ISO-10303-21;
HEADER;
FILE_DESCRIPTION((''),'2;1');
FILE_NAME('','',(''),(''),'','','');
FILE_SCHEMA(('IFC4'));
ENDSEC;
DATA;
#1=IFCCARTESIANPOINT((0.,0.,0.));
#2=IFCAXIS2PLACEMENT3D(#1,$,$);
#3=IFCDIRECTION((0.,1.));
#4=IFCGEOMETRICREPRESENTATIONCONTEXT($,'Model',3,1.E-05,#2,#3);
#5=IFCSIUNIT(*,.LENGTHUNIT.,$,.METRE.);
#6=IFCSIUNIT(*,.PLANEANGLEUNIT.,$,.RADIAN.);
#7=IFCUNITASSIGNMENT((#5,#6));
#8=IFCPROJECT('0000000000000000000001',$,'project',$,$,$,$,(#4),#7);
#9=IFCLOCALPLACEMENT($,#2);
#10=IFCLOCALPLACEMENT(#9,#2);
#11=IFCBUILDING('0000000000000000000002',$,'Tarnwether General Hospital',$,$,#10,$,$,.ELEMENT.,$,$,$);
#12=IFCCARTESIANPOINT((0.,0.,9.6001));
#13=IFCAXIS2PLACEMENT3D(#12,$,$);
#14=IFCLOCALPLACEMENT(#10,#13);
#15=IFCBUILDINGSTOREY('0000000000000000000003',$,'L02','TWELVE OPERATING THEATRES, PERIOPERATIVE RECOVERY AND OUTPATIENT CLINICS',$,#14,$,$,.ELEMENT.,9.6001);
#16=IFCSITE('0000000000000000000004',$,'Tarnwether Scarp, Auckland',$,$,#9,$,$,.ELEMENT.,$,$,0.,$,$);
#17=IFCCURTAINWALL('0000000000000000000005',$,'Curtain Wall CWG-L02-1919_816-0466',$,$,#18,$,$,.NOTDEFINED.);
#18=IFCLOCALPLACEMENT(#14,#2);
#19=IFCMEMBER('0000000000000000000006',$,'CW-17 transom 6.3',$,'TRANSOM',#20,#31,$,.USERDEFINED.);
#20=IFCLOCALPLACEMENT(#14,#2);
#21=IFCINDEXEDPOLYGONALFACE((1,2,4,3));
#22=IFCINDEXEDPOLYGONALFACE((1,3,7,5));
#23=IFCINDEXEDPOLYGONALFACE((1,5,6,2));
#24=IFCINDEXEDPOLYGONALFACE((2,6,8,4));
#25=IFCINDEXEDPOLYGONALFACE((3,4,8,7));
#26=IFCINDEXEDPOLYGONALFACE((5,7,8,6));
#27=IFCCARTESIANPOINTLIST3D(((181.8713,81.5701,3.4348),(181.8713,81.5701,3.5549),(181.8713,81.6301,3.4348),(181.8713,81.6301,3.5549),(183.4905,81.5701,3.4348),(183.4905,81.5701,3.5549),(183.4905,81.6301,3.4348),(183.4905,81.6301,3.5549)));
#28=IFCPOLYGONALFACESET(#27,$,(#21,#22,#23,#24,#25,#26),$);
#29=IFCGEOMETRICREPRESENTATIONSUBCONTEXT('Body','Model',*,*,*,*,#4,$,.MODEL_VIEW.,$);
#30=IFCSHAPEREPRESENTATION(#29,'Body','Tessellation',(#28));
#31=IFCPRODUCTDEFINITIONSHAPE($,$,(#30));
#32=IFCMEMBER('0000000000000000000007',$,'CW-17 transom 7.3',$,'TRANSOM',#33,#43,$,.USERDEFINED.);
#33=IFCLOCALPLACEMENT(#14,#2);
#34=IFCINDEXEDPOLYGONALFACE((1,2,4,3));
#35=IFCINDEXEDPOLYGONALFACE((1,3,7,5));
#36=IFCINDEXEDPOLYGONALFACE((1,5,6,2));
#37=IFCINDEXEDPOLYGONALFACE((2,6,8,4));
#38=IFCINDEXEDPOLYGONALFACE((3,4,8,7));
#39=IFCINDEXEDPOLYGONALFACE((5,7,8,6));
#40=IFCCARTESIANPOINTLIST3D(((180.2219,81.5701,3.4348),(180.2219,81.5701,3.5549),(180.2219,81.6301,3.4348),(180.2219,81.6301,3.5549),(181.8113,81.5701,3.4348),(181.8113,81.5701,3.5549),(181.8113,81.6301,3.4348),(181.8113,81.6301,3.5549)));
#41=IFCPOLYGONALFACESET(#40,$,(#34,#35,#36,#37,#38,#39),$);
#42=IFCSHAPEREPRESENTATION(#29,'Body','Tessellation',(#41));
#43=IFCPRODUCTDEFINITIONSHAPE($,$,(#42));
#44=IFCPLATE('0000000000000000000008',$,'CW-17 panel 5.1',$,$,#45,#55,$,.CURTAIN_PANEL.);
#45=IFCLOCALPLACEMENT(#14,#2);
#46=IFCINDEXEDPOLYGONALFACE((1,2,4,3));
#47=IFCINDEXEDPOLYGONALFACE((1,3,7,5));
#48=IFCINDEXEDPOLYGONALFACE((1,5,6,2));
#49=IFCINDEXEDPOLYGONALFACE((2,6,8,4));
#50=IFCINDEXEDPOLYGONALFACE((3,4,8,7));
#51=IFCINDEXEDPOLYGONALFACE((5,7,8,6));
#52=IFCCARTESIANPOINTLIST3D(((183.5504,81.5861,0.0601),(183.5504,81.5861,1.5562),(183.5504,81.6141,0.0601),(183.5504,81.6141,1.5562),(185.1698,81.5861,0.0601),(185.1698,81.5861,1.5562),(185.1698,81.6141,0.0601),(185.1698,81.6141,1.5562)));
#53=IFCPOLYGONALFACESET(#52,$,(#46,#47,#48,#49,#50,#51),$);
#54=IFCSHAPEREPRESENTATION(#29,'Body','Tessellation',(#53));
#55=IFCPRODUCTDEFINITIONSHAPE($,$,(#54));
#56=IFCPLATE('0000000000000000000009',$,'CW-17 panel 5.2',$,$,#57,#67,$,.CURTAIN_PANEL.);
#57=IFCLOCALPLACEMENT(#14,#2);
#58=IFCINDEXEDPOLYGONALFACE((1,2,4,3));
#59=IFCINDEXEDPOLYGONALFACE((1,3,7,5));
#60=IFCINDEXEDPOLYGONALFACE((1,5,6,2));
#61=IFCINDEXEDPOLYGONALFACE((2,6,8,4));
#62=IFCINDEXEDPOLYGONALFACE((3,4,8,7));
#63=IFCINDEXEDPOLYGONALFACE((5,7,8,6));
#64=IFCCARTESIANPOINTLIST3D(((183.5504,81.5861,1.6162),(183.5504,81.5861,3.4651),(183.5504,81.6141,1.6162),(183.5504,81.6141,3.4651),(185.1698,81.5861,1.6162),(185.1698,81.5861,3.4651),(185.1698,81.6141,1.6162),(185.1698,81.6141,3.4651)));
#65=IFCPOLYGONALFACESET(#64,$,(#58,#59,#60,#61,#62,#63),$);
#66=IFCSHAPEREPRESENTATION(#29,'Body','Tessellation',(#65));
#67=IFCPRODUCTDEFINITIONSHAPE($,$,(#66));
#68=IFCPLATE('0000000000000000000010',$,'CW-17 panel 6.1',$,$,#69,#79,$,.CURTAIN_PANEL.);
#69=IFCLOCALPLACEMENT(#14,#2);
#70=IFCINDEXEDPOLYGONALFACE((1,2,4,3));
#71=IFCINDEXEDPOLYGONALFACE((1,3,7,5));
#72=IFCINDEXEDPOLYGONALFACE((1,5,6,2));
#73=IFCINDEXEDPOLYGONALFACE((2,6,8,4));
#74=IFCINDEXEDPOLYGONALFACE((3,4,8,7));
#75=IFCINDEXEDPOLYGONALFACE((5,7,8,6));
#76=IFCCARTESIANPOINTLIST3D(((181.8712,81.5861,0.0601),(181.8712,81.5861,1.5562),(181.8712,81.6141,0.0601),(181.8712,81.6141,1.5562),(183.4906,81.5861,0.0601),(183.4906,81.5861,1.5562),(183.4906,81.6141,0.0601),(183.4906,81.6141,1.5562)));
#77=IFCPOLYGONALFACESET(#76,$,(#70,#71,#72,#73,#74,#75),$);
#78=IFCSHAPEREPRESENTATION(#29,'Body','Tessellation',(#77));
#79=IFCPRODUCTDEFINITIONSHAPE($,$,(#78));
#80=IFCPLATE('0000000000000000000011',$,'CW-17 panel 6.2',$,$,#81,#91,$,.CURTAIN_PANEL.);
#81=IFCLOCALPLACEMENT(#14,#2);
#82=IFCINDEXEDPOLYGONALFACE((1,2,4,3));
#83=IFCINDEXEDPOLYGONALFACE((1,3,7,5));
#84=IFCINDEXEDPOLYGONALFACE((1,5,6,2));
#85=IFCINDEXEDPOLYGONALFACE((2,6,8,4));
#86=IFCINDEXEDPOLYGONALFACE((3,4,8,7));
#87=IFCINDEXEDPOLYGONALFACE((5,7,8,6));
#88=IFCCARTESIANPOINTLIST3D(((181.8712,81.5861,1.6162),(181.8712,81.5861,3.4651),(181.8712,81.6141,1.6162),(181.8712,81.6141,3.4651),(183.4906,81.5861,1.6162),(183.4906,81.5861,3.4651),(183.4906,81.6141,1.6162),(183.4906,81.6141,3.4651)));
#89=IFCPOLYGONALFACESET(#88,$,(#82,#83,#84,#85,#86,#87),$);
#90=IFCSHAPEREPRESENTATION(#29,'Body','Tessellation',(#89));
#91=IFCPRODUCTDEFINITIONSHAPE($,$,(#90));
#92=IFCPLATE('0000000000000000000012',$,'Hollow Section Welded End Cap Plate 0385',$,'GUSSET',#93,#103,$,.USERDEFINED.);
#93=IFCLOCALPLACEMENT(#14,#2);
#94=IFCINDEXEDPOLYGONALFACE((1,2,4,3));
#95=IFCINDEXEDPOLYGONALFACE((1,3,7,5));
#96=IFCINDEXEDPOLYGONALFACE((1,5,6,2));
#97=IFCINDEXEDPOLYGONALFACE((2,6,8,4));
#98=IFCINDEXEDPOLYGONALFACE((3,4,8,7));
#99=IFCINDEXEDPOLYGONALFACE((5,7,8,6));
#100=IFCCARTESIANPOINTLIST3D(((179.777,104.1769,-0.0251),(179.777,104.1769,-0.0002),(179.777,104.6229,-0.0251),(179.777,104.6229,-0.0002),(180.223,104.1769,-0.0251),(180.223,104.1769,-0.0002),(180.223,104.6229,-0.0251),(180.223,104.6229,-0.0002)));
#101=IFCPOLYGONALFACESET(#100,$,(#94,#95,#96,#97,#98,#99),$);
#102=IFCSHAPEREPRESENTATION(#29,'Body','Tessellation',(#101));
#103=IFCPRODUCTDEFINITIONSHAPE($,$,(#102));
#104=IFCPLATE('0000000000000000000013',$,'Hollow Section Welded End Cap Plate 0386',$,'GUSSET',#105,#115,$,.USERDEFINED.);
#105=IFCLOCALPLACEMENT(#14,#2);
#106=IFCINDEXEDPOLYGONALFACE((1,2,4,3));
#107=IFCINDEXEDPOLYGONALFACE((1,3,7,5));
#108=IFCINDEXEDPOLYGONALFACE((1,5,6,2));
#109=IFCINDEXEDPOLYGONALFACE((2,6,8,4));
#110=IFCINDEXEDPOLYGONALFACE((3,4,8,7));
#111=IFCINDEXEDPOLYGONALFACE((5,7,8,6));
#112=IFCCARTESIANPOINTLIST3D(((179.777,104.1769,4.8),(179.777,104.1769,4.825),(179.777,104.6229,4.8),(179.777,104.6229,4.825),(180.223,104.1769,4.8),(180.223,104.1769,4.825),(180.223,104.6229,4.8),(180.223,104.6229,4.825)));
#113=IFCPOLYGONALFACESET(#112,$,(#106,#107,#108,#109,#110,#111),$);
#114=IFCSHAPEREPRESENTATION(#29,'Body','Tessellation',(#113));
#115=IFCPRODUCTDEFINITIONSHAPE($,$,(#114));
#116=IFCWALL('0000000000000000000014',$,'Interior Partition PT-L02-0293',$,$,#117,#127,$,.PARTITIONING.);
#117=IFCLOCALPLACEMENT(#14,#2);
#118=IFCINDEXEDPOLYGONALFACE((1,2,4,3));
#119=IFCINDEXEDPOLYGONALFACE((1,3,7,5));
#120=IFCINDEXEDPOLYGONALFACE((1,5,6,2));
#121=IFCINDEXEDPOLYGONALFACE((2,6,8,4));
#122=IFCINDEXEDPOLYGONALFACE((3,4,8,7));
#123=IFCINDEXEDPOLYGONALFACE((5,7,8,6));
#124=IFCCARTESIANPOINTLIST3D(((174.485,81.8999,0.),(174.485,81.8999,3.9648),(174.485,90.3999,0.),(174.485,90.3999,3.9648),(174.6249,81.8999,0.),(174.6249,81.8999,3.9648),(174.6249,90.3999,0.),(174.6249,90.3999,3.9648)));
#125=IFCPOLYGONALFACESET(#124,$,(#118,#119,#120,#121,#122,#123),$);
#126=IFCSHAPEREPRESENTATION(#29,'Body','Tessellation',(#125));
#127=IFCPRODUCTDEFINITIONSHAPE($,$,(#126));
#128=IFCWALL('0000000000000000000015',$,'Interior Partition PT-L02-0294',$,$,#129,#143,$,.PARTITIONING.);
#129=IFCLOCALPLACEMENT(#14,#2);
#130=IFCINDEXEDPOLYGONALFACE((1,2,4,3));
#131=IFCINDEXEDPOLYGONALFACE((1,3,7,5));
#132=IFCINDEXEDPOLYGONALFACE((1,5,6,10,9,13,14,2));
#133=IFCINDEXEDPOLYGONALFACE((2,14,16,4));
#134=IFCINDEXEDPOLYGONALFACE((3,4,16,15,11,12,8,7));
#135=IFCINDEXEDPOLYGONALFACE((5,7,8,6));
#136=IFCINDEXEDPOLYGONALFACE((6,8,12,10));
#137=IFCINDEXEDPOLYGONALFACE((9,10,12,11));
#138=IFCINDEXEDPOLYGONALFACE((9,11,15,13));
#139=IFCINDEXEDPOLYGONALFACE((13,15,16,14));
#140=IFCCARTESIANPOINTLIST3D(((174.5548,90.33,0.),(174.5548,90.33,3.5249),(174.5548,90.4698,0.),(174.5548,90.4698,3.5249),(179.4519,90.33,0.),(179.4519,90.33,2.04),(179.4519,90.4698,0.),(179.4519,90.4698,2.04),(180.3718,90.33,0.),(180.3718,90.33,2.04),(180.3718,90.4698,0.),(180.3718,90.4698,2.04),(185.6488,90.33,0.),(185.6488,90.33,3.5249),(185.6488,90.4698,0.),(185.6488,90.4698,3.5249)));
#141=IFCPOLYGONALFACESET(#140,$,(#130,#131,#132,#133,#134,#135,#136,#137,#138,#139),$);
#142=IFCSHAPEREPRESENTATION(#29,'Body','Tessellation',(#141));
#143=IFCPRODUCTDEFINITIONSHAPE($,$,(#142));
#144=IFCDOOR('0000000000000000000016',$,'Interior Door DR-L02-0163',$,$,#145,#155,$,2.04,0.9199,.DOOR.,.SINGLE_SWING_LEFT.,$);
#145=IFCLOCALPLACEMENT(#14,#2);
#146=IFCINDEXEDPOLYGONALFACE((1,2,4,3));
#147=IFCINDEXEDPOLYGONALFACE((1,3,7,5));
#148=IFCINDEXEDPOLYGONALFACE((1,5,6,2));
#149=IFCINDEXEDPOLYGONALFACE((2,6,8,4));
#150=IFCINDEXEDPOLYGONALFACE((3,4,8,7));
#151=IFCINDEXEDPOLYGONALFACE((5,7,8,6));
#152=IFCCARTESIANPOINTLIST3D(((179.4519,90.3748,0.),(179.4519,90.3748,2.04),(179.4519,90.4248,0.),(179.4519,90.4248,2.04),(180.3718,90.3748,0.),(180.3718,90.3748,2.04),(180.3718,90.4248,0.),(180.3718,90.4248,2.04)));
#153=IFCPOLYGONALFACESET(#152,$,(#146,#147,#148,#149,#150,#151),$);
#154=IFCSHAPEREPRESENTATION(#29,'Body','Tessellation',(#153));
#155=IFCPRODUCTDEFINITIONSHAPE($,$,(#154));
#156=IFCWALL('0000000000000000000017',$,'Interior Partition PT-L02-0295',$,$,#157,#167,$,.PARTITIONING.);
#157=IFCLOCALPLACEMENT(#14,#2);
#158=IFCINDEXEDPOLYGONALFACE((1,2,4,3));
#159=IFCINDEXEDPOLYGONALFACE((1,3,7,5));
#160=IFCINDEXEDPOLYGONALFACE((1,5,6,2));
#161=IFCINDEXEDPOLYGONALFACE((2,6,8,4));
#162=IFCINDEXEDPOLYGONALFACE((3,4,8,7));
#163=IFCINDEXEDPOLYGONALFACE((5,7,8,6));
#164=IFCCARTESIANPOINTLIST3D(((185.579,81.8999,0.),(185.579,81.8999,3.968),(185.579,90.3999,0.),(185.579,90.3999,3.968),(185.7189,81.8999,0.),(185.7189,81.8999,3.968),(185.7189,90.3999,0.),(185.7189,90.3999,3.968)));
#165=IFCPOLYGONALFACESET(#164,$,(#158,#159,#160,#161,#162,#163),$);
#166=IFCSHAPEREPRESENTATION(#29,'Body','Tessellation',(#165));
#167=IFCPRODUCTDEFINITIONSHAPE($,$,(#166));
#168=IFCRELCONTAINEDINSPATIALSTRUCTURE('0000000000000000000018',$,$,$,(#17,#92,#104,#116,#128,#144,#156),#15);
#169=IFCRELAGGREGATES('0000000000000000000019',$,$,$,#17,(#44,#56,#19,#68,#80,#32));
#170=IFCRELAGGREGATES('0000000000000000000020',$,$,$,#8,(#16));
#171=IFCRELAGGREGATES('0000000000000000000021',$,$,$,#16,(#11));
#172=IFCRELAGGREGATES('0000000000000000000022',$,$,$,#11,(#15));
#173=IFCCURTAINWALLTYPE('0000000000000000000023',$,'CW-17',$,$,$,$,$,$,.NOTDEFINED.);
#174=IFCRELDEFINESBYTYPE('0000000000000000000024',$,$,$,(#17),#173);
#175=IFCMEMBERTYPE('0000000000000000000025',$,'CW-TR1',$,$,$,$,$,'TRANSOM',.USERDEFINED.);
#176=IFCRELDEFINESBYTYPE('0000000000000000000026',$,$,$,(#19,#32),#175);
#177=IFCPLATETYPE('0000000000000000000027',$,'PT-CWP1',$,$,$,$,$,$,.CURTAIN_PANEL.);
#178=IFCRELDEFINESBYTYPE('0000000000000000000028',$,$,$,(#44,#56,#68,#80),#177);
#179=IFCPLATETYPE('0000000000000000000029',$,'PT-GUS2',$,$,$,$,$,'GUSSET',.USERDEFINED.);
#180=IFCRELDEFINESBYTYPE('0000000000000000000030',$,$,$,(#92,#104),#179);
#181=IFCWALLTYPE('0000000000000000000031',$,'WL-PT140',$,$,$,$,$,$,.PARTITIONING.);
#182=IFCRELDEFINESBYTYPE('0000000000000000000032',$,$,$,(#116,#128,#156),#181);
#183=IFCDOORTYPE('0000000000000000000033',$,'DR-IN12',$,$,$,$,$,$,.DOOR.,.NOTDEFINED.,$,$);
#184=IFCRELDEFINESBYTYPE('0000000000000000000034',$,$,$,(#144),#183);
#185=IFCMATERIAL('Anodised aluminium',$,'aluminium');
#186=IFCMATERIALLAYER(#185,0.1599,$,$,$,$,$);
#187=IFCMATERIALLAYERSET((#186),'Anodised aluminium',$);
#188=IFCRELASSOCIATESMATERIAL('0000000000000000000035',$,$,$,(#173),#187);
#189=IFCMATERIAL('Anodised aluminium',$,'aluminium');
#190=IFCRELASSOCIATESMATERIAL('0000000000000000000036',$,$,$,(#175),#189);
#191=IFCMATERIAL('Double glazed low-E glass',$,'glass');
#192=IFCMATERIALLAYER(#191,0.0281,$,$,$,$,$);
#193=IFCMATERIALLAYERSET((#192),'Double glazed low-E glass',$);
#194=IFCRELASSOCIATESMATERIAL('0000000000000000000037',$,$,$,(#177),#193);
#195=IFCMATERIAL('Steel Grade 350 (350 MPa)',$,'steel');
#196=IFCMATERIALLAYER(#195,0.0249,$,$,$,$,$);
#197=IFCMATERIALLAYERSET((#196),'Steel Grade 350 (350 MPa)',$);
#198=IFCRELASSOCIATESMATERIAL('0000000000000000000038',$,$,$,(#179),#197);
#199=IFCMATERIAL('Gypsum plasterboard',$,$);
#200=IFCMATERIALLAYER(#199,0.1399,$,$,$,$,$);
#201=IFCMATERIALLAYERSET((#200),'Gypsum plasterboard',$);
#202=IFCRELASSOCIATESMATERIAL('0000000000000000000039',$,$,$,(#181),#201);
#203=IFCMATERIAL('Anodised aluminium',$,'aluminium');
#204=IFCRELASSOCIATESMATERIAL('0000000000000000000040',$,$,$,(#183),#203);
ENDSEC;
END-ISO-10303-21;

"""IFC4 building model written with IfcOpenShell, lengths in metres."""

from ifc_helpers import new_model, si_unit, direction, frame, frame_2d, origin, origin_2d, place, context, subcontext, project, spatial, rectangle, extrude, material, layer, layer_set, material_profile, profile_set, type_object, element, fill, aggregate, save


model = new_model("IFC4")

# Units and contexts
model_context = context("Model", 3, precision=1e-05, world=origin(), true_north=direction((0.0, 1.0)))
body_context = subcontext(model_context, "Body", "Model", "MODEL_VIEW")
ifc_project = project(units=[si_unit("LENGTHUNIT", "METRE"), si_unit("PLANEANGLEUNIT", "RADIAN")], contexts=[model_context])

# Site, building, storey
site_placement = place(None, origin())
site = spatial("IfcSite", under=ifc_project, at=site_placement, Name="Tarnwether Scarp, Auckland", CompositionType="ELEMENT", RefElevation=0.0)
building_placement = place(site_placement, origin())
building = spatial("IfcBuilding", under=site, at=building_placement, Name="Tarnwether General Hospital", CompositionType="ELEMENT")
storey_placement = place(building_placement, frame((0.0, 0.0, 9.6001)))
storey = spatial("IfcBuildingStorey", under=building, at=storey_placement, Name="L02", Description="TWELVE OPERATING THEATRES, PERIOPERATIVE RECOVERY AND OUTPATIENT CLINICS", CompositionType="ELEMENT", Elevation=9.6001)

# Curtain wall, members, plates
ifc_material_1 = material(Name="Anodised aluminium", Category="aluminium")
ifc_layer_1 = layer(ifc_material_1, 0.1599)
ifc_layer_set_1 = layer_set([ifc_layer_1], Name="Anodised aluminium")
curtain_wall_type = type_object("IfcCurtainWallType", Name="CW-17", PredefinedType="NOTDEFINED", material=ifc_layer_set_1)
curtain_wall_placement = place(storey_placement, origin())
curtain_wall = element("IfcCurtainWall", 1, at=curtain_wall_placement, inside=storey, type_object=curtain_wall_type, Name="Curtain Wall CWG-L02-1919_816-0466", PredefinedType="NOTDEFINED")
ifc_material_2 = material(Name="Anodised aluminium", Category="aluminium")
ifc_material_profile_1 = material_profile(ifc_material_2, rectangle(XDim=0.0601, YDim=0.1201, at=origin_2d()), Name="ALU-TRN-60x120")
ifc_profile_set_1 = profile_set([ifc_material_profile_1], Name="Anodised aluminium")
member_type_1 = type_object("IfcMemberType", Name="CW-TR1", ElementType="TRANSOM", PredefinedType="USERDEFINED", material=ifc_profile_set_1)
member_1_placement = place(storey_placement, frame((183.4905, 81.6001, 3.4949), z_axis=(-1.0, 0.0, 0.0), x_axis=(0.0, -1.0, 0.0)))
member_1 = element("IfcMember", 2, at=member_1_placement, type_object=member_type_1, Name="CW-17 transom 6.3", ObjectType="TRANSOM", PredefinedType="USERDEFINED", context=body_context, shape_type="SweptSolid", body=[
    extrude(rectangle(XDim=0.0601, YDim=0.1201, at=origin_2d()), origin(), (0.0, 0.0, 1.0), 1.6191),
])
member_2_placement = place(storey_placement, frame((181.8113, 81.6001, 3.4949), z_axis=(-1.0, 0.0, 0.0), x_axis=(0.0, -1.0, 0.0)))
member_2 = element("IfcMember", 3, at=member_2_placement, type_object=member_type_1, Name="CW-17 transom 7.3", ObjectType="TRANSOM", PredefinedType="USERDEFINED", context=body_context, shape_type="SweptSolid", body=[
    extrude(rectangle(XDim=0.0601, YDim=0.1201, at=origin_2d()), origin(), (0.0, 0.0, 1.0), 1.5894),
])
ifc_material_3 = material(Name="Double glazed low-E glass", Category="glass")
ifc_layer_2 = layer(ifc_material_3, 0.0281)
ifc_layer_set_2 = layer_set([ifc_layer_2], Name="Double glazed low-E glass")
plate_type_1 = type_object("IfcPlateType", Name="PT-CWP1", PredefinedType="CURTAIN_PANEL", material=ifc_layer_set_2)
plate_1_placement = place(storey_placement, frame((184.3601, 81.6001, 0.0601), z_axis=(0.0, 0.0, 1.0), x_axis=(-1.0, 0.0, 0.0)))
plate_1 = element("IfcPlate", 4, at=plate_1_placement, type_object=plate_type_1, Name="CW-17 panel 5.1", PredefinedType="CURTAIN_PANEL", context=body_context, shape_type="SweptSolid", body=[
    extrude(rectangle(XDim=1.6194, YDim=0.0281, at=origin_2d()), origin(), (0.0, 0.0, 1.0), 1.4961),
])
plate_2_placement = place(storey_placement, frame((184.3601, 81.6001, 1.6162), z_axis=(0.0, 0.0, 1.0), x_axis=(-1.0, 0.0, 0.0)))
plate_2 = element("IfcPlate", 5, at=plate_2_placement, type_object=plate_type_1, Name="CW-17 panel 5.2", PredefinedType="CURTAIN_PANEL", context=body_context, shape_type="SweptSolid", body=[
    extrude(rectangle(XDim=1.6194, YDim=0.0281, at=origin_2d()), origin(), (0.0, 0.0, 1.0), 1.8489),
])
plate_3_placement = place(storey_placement, frame((182.6809, 81.6001, 0.0601), z_axis=(0.0, 0.0, 1.0), x_axis=(-1.0, 0.0, 0.0)))
plate_3 = element("IfcPlate", 6, at=plate_3_placement, type_object=plate_type_1, Name="CW-17 panel 6.1", PredefinedType="CURTAIN_PANEL", context=body_context, shape_type="SweptSolid", body=[
    extrude(rectangle(XDim=1.6194, YDim=0.0281, at=origin_2d()), origin(), (0.0, 0.0, 1.0), 1.4961),
])
plate_4_placement = place(storey_placement, frame((182.6809, 81.6001, 1.6162), z_axis=(0.0, 0.0, 1.0), x_axis=(-1.0, 0.0, 0.0)))
plate_4 = element("IfcPlate", 7, at=plate_4_placement, type_object=plate_type_1, Name="CW-17 panel 6.2", PredefinedType="CURTAIN_PANEL", context=body_context, shape_type="SweptSolid", body=[
    extrude(rectangle(XDim=1.6194, YDim=0.0281, at=origin_2d()), origin(), (0.0, 0.0, 1.0), 1.8489),
])
aggregate(curtain_wall, [plate_1, plate_2, member_1, plate_3, plate_4, member_2])

# Plates
ifc_material_4 = material(Name="Steel Grade 350 (350 MPa)", Category="steel")
ifc_layer_3 = layer(ifc_material_4, 0.0249)
ifc_layer_set_3 = layer_set([ifc_layer_3], Name="Steel Grade 350 (350 MPa)")
plate_type_2 = type_object("IfcPlateType", Name="PT-GUS2", ElementType="GUSSET", PredefinedType="USERDEFINED", material=ifc_layer_set_3)
for number, where, z_axis, x_axis, name in (
    (8, (180.0, 104.3999, -0.0251), (0.0, 0.0, 1.0), (1.0, 0.0, 0.0), "Hollow Section Welded End Cap Plate 0385"),
    (9, (180.0, 104.3999, 4.8), (0.0, 0.0, 1.0), (1.0, 0.0, 0.0), "Hollow Section Welded End Cap Plate 0386"),
):
    element("IfcPlate", number, at=place(storey_placement, frame(where, z_axis=z_axis, x_axis=x_axis)), inside=storey, type_object=plate_type_2, Name=name, ObjectType="GUSSET", PredefinedType="USERDEFINED", context=body_context, shape_type="SweptSolid", body=[
        extrude(rectangle(XDim=0.446, YDim=0.446, at=origin_2d()), origin(), (0.0, 0.0, 1.0), 0.0249),
    ])

# Wall
ifc_material_5 = material(Name="Gypsum plasterboard")
ifc_layer_4 = layer(ifc_material_5, 0.1399)
ifc_layer_set_4 = layer_set([ifc_layer_4], Name="Gypsum plasterboard")
wall_type_1 = type_object("IfcWallType", Name="WL-PT140", PredefinedType="PARTITIONING", material=ifc_layer_set_4)
wall_1_placement = place(storey_placement, frame((174.5549, 81.8999, 0.0), z_axis=(0.0, 0.0, 1.0), x_axis=(0.0, 1.0, 0.0)))
element("IfcWall", 10, at=wall_1_placement, inside=storey, type_object=wall_type_1, Name="Interior Partition PT-L02-0293", PredefinedType="PARTITIONING", context=body_context, shape_type="SweptSolid", body=[
    extrude(rectangle(XDim=8.5, YDim=0.1399, at=frame_2d((4.25, 0.0))), origin(), (0.0, 0.0, 1.0), 3.9648),
])

# Wall, opening, door
wall_2_placement = place(storey_placement, frame((174.5549, 90.3999, 0.0), z_axis=(0.0, 0.0, 1.0), x_axis=(1.0, 0.0, 0.0)))
wall_2 = element("IfcWall", 11, at=wall_2_placement, inside=storey, type_object=wall_type_1, Name="Interior Partition PT-L02-0294", PredefinedType="PARTITIONING", context=body_context, shape_type="SweptSolid", body=[
    extrude(rectangle(XDim=11.094, YDim=0.1399, at=frame_2d((5.5469, 0.0))), origin(), (0.0, 0.0, 1.0), 3.5249),
])
opening_1_placement = place(wall_2_placement, frame((4.897, 0.0, 0.0)))
opening_1 = element("IfcOpeningElement", 12, at=opening_1_placement, cuts=wall_2, PredefinedType="OPENING", context=body_context, shape_type="SweptSolid", body=[
    extrude(rectangle(XDim=0.9199, YDim=2.04, at=frame_2d((0.46, 1.02))), frame((0.0, 0.0801, 0.0), z_axis=(0.0, -1.0, 0.0), x_axis=(1.0, 0.0, 0.0)), (0.0, 0.0, 1.0), 0.1599),
])
ifc_material_6 = material(Name="Anodised aluminium", Category="aluminium")
door_type_1 = type_object("IfcDoorType", Name="DR-IN12", OperationType="NOTDEFINED", PredefinedType="DOOR", material=ifc_material_6)
door_1_placement = place(opening_1_placement, origin())
door_1 = element("IfcDoor", 13, at=door_1_placement, inside=storey, type_object=door_type_1, Name="Interior Door DR-L02-0163", OperationType="SINGLE_SWING_LEFT", OverallHeight=2.04, OverallWidth=0.9199, PredefinedType="DOOR", context=body_context, shape_type="SweptSolid", body=[
    extrude(rectangle(XDim=0.9199, YDim=2.04, at=frame_2d((0.46, 1.02))), frame((0.0, 0.0249, 0.0), z_axis=(0.0, -1.0, 0.0), x_axis=(1.0, 0.0, 0.0)), (0.0, 0.0, 1.0), 0.05),
])
fill(opening_1, door_1)

# Wall
wall_3_placement = place(storey_placement, frame((185.6489, 81.8999, 0.0), z_axis=(0.0, 0.0, 1.0), x_axis=(0.0, 1.0, 0.0)))
element("IfcWall", 14, at=wall_3_placement, inside=storey, type_object=wall_type_1, Name="Interior Partition PT-L02-0295", PredefinedType="PARTITIONING", context=body_context, shape_type="SweptSolid", body=[
    extrude(rectangle(XDim=8.5, YDim=0.1399, at=frame_2d((4.25, 0.0))), origin(), (0.0, 0.0, 1.0), 3.968),
])

save(model, "model.ifc")
